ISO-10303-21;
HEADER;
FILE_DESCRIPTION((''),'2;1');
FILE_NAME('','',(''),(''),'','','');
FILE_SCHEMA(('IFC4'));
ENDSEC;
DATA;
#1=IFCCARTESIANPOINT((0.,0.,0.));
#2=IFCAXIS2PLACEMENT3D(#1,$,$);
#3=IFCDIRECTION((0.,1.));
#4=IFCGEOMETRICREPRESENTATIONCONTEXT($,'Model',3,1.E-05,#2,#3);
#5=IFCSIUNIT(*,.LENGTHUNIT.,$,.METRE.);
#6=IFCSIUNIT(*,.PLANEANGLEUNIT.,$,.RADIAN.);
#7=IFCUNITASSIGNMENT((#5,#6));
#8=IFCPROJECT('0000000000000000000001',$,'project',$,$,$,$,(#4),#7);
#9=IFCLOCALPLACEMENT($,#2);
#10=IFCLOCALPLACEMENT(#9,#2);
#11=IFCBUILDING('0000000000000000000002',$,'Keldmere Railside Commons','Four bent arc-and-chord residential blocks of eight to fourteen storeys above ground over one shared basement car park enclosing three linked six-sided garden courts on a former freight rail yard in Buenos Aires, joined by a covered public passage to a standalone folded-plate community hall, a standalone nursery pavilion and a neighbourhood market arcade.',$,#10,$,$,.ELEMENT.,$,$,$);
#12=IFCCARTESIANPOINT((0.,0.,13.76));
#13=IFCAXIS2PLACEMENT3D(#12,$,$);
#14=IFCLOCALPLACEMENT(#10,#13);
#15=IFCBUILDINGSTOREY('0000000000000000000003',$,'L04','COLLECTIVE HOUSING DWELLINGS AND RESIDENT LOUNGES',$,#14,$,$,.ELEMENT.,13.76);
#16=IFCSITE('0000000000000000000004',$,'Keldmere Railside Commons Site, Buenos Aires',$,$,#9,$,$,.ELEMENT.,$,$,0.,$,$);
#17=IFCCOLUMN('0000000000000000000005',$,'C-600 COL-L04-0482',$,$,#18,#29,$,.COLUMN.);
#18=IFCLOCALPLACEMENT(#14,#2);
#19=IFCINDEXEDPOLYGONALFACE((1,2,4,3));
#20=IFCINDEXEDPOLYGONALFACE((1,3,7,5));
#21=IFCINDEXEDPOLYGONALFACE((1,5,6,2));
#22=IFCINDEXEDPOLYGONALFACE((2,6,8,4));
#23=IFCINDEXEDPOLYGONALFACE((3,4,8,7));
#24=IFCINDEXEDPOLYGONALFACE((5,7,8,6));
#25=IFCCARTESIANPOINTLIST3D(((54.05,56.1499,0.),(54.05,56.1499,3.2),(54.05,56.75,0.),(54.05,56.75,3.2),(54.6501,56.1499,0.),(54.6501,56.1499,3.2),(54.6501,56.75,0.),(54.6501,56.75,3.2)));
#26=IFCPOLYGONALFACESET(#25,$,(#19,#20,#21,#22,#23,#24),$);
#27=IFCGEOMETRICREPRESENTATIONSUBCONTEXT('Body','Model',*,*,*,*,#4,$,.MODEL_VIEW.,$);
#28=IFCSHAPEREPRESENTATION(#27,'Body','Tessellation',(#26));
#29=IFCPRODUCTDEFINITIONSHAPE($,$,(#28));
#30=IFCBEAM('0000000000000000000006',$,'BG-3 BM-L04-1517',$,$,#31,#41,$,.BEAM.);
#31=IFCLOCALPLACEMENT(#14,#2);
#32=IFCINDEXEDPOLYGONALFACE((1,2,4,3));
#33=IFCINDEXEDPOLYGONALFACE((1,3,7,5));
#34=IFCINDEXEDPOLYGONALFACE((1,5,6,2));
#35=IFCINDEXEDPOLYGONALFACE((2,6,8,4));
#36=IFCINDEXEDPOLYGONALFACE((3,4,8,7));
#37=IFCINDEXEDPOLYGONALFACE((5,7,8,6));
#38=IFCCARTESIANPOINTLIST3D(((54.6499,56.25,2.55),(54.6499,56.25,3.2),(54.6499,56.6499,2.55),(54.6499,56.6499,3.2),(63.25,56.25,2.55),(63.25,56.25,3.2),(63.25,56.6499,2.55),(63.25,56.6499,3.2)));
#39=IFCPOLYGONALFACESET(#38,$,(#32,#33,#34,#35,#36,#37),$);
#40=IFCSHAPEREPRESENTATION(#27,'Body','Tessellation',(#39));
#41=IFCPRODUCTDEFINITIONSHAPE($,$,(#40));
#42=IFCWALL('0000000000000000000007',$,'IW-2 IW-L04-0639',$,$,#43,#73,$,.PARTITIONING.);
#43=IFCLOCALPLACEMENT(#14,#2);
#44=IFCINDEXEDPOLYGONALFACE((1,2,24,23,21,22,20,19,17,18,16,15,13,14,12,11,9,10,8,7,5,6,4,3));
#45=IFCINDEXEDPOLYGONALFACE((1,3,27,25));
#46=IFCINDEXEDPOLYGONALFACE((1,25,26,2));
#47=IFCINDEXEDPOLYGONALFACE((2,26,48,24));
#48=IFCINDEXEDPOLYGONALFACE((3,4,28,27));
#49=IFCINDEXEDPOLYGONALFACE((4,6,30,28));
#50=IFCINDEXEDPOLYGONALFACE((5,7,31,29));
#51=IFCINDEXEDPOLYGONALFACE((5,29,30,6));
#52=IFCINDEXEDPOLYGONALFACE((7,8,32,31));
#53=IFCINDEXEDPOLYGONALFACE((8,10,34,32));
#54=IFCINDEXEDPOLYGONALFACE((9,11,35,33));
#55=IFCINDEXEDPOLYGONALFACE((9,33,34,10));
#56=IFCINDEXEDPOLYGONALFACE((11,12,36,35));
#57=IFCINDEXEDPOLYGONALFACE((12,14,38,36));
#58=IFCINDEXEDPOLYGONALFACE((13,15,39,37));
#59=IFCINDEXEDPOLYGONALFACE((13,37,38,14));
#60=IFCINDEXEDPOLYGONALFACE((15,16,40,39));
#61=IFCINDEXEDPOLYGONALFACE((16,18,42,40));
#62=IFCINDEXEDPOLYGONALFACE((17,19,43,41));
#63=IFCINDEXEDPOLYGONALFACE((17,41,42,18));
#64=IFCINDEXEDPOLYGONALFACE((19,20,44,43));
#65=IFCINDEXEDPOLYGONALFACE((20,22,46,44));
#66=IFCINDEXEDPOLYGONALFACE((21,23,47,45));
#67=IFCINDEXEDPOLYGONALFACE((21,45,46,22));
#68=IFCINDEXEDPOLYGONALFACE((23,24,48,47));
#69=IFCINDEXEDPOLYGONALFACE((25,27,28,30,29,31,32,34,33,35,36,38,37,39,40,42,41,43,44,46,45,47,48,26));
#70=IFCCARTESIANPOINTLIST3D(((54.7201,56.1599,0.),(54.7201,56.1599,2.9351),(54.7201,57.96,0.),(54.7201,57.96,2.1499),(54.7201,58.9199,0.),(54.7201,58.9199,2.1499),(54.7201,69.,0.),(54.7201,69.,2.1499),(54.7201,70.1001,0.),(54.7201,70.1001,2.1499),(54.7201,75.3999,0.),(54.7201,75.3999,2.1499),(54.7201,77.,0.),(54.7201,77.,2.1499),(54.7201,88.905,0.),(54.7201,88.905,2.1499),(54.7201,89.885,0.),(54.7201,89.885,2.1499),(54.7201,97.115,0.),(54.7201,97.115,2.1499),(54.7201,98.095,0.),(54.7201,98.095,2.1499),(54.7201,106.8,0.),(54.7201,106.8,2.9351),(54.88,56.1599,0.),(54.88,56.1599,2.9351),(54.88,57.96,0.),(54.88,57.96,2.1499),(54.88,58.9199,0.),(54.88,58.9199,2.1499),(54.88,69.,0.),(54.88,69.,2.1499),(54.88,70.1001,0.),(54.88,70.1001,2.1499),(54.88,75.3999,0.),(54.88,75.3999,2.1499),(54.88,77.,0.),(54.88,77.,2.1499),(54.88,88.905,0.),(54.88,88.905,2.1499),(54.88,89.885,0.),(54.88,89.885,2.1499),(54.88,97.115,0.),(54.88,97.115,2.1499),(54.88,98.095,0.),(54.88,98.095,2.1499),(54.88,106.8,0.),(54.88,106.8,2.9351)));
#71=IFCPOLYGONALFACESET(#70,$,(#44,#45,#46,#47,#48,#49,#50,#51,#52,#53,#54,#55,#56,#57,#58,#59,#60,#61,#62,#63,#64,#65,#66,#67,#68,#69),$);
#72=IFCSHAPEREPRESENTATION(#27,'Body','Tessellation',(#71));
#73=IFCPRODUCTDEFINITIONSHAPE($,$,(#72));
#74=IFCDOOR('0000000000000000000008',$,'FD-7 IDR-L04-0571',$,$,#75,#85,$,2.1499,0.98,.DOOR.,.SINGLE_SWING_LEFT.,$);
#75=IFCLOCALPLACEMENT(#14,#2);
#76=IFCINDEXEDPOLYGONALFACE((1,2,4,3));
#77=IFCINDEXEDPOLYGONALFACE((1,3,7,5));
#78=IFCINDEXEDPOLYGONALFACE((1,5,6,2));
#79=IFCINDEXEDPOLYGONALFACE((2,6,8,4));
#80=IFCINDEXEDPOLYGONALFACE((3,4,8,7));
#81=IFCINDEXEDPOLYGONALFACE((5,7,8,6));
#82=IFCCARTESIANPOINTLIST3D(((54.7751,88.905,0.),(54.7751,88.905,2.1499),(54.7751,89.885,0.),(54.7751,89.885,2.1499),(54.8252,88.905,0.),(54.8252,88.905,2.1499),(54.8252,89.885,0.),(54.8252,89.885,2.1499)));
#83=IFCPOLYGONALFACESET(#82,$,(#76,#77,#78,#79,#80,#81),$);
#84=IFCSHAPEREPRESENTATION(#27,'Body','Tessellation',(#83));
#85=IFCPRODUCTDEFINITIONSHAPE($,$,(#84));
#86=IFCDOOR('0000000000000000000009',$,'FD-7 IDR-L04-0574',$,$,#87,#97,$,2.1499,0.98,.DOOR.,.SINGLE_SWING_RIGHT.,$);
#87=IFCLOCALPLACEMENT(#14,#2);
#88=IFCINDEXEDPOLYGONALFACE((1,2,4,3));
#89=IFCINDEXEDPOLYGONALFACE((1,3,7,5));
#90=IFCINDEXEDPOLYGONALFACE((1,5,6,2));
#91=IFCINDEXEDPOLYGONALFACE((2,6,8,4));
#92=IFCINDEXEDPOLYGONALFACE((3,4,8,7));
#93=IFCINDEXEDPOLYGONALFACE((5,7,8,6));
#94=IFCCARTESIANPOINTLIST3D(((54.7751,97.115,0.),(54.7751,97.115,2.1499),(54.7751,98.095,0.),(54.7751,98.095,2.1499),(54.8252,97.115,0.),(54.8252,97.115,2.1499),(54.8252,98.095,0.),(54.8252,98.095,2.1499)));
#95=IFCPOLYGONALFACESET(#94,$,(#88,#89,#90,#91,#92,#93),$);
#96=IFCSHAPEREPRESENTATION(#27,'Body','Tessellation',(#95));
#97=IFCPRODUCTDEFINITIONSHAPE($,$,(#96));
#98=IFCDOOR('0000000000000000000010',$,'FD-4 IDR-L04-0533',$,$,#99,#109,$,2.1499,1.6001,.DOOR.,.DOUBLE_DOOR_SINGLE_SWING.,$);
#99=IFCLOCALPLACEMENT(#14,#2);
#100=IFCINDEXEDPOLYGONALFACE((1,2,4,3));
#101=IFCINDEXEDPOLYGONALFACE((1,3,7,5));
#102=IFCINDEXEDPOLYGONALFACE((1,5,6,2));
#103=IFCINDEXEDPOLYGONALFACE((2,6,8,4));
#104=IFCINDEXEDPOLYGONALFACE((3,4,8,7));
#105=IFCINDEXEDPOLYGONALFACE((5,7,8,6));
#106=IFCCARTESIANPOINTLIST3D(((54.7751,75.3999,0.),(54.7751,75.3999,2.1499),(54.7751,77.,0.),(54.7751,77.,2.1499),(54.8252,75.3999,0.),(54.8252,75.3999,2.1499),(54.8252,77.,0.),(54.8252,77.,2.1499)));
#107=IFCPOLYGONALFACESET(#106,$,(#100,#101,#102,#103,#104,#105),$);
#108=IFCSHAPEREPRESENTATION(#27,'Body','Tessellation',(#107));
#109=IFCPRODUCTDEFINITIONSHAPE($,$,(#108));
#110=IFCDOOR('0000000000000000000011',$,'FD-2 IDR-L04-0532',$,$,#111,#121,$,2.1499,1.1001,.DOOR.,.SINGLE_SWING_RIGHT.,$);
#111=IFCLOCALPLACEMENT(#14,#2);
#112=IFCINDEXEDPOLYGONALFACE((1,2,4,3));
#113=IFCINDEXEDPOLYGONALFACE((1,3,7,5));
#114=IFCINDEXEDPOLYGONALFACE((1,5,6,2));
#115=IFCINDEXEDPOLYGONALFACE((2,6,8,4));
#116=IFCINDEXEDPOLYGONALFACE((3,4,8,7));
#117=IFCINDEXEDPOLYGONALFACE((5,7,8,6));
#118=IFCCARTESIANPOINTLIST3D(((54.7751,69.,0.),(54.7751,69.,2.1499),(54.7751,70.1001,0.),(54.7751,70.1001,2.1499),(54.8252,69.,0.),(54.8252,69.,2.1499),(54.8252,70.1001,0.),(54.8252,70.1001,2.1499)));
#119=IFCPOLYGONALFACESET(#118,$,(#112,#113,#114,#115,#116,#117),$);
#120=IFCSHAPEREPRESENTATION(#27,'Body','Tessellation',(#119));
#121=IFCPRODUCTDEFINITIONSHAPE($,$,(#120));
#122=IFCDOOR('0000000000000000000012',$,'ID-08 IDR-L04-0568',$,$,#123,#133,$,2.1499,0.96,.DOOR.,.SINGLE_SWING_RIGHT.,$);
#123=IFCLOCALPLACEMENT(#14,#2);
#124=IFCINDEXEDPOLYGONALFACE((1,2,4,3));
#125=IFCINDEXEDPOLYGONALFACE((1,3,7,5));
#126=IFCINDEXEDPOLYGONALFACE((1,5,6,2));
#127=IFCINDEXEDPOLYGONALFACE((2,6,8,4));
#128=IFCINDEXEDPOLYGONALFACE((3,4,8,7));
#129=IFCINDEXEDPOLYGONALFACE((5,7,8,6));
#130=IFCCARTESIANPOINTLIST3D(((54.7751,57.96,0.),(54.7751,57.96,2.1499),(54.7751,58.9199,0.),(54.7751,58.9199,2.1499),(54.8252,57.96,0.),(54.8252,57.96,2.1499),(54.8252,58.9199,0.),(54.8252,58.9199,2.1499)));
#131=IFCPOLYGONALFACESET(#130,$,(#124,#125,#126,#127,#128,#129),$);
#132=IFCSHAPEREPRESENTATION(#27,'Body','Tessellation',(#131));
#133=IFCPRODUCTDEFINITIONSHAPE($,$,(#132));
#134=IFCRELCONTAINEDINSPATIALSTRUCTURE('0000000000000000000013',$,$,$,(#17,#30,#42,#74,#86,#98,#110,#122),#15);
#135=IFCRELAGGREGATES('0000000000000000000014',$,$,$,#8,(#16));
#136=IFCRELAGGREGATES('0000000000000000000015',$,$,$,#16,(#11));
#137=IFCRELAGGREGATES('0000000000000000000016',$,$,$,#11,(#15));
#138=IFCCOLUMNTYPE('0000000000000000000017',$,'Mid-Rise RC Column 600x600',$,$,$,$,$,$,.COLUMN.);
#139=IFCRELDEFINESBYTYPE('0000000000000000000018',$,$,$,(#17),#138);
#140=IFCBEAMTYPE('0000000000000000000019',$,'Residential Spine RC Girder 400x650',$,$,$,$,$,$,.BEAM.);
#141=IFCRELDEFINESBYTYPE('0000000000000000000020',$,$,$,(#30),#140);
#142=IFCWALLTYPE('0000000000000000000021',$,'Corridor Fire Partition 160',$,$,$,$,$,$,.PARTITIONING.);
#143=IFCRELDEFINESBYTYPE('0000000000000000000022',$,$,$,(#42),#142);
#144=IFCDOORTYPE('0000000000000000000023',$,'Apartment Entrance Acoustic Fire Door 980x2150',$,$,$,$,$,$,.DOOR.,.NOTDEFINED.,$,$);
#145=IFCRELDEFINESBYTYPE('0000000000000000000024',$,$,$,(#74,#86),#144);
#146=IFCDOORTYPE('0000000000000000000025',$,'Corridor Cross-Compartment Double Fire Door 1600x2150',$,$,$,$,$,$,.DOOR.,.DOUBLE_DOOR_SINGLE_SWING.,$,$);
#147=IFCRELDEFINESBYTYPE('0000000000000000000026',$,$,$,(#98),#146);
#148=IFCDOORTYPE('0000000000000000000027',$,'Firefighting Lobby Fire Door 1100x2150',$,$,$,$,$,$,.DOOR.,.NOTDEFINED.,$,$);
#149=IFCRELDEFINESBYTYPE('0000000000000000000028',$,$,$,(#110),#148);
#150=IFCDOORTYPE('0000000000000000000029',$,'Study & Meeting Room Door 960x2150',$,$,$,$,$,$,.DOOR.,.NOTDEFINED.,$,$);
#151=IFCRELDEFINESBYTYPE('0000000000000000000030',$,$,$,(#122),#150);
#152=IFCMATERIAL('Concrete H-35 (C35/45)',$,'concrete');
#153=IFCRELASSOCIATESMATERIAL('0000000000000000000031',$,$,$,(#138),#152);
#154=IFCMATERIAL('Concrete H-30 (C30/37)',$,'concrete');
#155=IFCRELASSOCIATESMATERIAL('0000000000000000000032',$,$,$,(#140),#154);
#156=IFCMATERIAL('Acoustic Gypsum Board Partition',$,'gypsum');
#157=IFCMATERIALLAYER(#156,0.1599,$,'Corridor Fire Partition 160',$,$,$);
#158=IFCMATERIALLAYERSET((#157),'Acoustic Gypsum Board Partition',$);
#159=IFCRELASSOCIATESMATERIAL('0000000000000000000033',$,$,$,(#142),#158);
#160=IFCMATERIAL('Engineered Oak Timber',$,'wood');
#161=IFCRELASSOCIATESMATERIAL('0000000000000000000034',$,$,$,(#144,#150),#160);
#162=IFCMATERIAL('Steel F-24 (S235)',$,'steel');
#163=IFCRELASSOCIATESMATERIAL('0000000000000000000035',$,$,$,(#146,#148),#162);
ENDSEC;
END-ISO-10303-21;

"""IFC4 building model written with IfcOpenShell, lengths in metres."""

from ifc_helpers import new_model, si_unit, direction, frame, frame_2d, origin, origin_2d, place, context, subcontext, project, spatial, rectangle, extrude, material, layer, layer_set, material_profile, profile_set, type_object, element, fill, save


model = new_model("IFC4")

# Units and contexts
model_context = context("Model", 3, precision=1e-05, world=origin(), true_north=direction((0.0, 1.0)))
body_context = subcontext(model_context, "Body", "Model", "MODEL_VIEW")
ifc_project = project(units=[si_unit("LENGTHUNIT", "METRE"), si_unit("PLANEANGLEUNIT", "RADIAN")], contexts=[model_context])

# Site, building, storey
site_placement = place(None, origin())
site = spatial("IfcSite", under=ifc_project, at=site_placement, Name="Keldmere Railside Commons Site, Buenos Aires", CompositionType="ELEMENT", RefElevation=0.0)
building_placement = place(site_placement, origin())
building = spatial("IfcBuilding", under=site, at=building_placement, Name="Keldmere Railside Commons", Description="Four bent arc-and-chord residential blocks of eight to fourteen storeys above ground over one shared basement car park enclosing three linked six-sided garden courts on a former freight rail yard in Buenos Aires, joined by a covered public passage to a standalone folded-plate community hall, a standalone nursery pavilion and a neighbourhood market arcade.", CompositionType="ELEMENT")
storey_placement = place(building_placement, frame((0.0, 0.0, 13.76)))
storey = spatial("IfcBuildingStorey", under=building, at=storey_placement, Name="L04", Description="COLLECTIVE HOUSING DWELLINGS AND RESIDENT LOUNGES", CompositionType="ELEMENT", Elevation=13.76)

# Column
ifc_material_1 = material(Name="Concrete H-35 (C35/45)", Category="concrete")
ifc_material_profile_1 = material_profile(ifc_material_1, rectangle(XDim=0.6001, YDim=0.6001, at=origin_2d()), Name="RC-600x600")
ifc_profile_set_1 = profile_set([ifc_material_profile_1], Name="Concrete H-35 (C35/45)")
column_type = type_object("IfcColumnType", Name="Mid-Rise RC Column 600x600", PredefinedType="COLUMN", material=ifc_profile_set_1)
column_placement = place(storey_placement, frame((54.3501, 56.45, 0.0), z_axis=(0.0, 0.0, 1.0), x_axis=(1.0, 0.0, 0.0)))
element("IfcColumn", 1, at=column_placement, inside=storey, type_object=column_type, Name="C-600 COL-L04-0482", PredefinedType="COLUMN", context=body_context, shape_type="SweptSolid", body=[
    extrude(rectangle(XDim=0.6001, YDim=0.6001, at=origin_2d()), origin(), (0.0, 0.0, 1.0), 3.2),
])

# Beam
ifc_material_2 = material(Name="Concrete H-30 (C30/37)", Category="concrete")
ifc_material_profile_2 = material_profile(ifc_material_2, rectangle(XDim=0.3999, YDim=0.6499, at=origin_2d()), Name="RC-400x650")
ifc_profile_set_2 = profile_set([ifc_material_profile_2], Name="Concrete H-30 (C30/37)")
beam_type = type_object("IfcBeamType", Name="Residential Spine RC Girder 400x650", PredefinedType="BEAM", material=ifc_profile_set_2)
beam_placement = place(storey_placement, frame((54.6499, 56.45, 2.875), z_axis=(1.0, 0.0, 0.0), x_axis=(0.0, 1.0, 0.0)))
element("IfcBeam", 2, at=beam_placement, inside=storey, type_object=beam_type, Name="BG-3 BM-L04-1517", PredefinedType="BEAM", context=body_context, shape_type="SweptSolid", body=[
    extrude(rectangle(XDim=0.3999, YDim=0.6499, at=origin_2d()), origin(), (0.0, 0.0, 1.0), 8.6001),
])

# Wall, openings, doors
ifc_material_3 = material(Name="Acoustic Gypsum Board Partition", Category="gypsum")
ifc_layer = layer(ifc_material_3, 0.1599, Name="Corridor Fire Partition 160")
ifc_layer_set = layer_set([ifc_layer], Name="Acoustic Gypsum Board Partition")
wall_type = type_object("IfcWallType", Name="Corridor Fire Partition 160", PredefinedType="PARTITIONING", material=ifc_layer_set)
wall_1_placement = place(storey_placement, frame((54.8, 56.1599, 0.0), z_axis=(0.0, 0.0, 1.0), x_axis=(0.0, 1.0, 0.0)))
wall_1 = element("IfcWall", 3, at=wall_1_placement, inside=storey, type_object=wall_type, Name="IW-2 IW-L04-0639", PredefinedType="PARTITIONING", context=body_context, shape_type="SweptSolid", body=[
    extrude(rectangle(XDim=50.6401, YDim=0.1599, at=frame_2d((25.3201, 0.0))), origin(), (0.0, 0.0, 1.0), 2.9351),
])
opening_1_placement = place(wall_1_placement, frame((12.8401, 0.0, 0.0)))
opening_1 = element("IfcOpeningElement", 4, at=opening_1_placement, cuts=wall_1, PredefinedType="OPENING", context=body_context, shape_type="SweptSolid", body=[
    extrude(rectangle(XDim=1.1001, YDim=2.1499, at=frame_2d((0.55, 1.075))), frame((0.0, 0.0898, 0.0), z_axis=(0.0, -1.0, 0.0), x_axis=(1.0, 0.0, 0.0)), (0.0, 0.0, 1.0), 0.1799),
])
opening_2_placement = place(wall_1_placement, frame((19.24, 0.0, 0.0)))
opening_2 = element("IfcOpeningElement", 5, at=opening_2_placement, cuts=wall_1, PredefinedType="OPENING", context=body_context, shape_type="SweptSolid", body=[
    extrude(rectangle(XDim=1.6001, YDim=2.1499, at=frame_2d((0.8, 1.075))), frame((0.0, 0.0898, 0.0), z_axis=(0.0, -1.0, 0.0), x_axis=(1.0, 0.0, 0.0)), (0.0, 0.0, 1.0), 0.1799),
])
opening_3_placement = place(wall_1_placement, frame((1.8, 0.0, 0.0)))
opening_3 = element("IfcOpeningElement", 6, at=opening_3_placement, cuts=wall_1, PredefinedType="OPENING", context=body_context, shape_type="SweptSolid", body=[
    extrude(rectangle(XDim=0.96, YDim=2.1499, at=frame_2d((0.48, 1.075))), frame((0.0, 0.0898, 0.0), z_axis=(0.0, -1.0, 0.0), x_axis=(1.0, 0.0, 0.0)), (0.0, 0.0, 1.0), 0.1799),
])
opening_4_placement = place(wall_1_placement, frame((32.7451, 0.0, 0.0)))
opening_4 = element("IfcOpeningElement", 7, at=opening_4_placement, cuts=wall_1, PredefinedType="OPENING", context=body_context, shape_type="SweptSolid", body=[
    extrude(rectangle(XDim=0.98, YDim=2.1499, at=frame_2d((0.49, 1.075))), frame((0.0, 0.0898, 0.0), z_axis=(0.0, -1.0, 0.0), x_axis=(1.0, 0.0, 0.0)), (0.0, 0.0, 1.0), 0.1799),
])
opening_5_placement = place(wall_1_placement, frame((40.9551, 0.0, 0.0)))
opening_5 = element("IfcOpeningElement", 8, at=opening_5_placement, cuts=wall_1, PredefinedType="OPENING", context=body_context, shape_type="SweptSolid", body=[
    extrude(rectangle(XDim=0.98, YDim=2.1499, at=frame_2d((0.49, 1.075))), frame((0.0, 0.0898, 0.0), z_axis=(0.0, -1.0, 0.0), x_axis=(1.0, 0.0, 0.0)), (0.0, 0.0, 1.0), 0.1799),
])
ifc_material_4 = material(Name="Engineered Oak Timber", Category="wood")
door_type_1 = type_object("IfcDoorType", Name="Apartment Entrance Acoustic Fire Door 980x2150", OperationType="NOTDEFINED", PredefinedType="DOOR", material=ifc_material_4)
door_1_placement = place(opening_4_placement, origin())
door_1 = element("IfcDoor", 9, at=door_1_placement, inside=storey, type_object=door_type_1, Name="FD-7 IDR-L04-0571", OperationType="SINGLE_SWING_LEFT", OverallHeight=2.1499, OverallWidth=0.98, PredefinedType="DOOR", context=body_context, shape_type="SweptSolid", body=[
    extrude(rectangle(XDim=0.98, YDim=2.1499, at=frame_2d((0.49, 1.075))), frame((0.0, 0.0249, 0.0), z_axis=(0.0, -1.0, 0.0), x_axis=(1.0, 0.0, 0.0)), (0.0, 0.0, 1.0), 0.05),
])
fill(opening_4, door_1)
door_2_placement = place(opening_5_placement, origin())
door_2 = element("IfcDoor", 10, at=door_2_placement, inside=storey, type_object=door_type_1, Name="FD-7 IDR-L04-0574", OperationType="SINGLE_SWING_RIGHT", OverallHeight=2.1499, OverallWidth=0.98, PredefinedType="DOOR", context=body_context, shape_type="SweptSolid", body=[
    extrude(rectangle(XDim=0.98, YDim=2.1499, at=frame_2d((0.49, 1.075))), frame((0.0, 0.0249, 0.0), z_axis=(0.0, -1.0, 0.0), x_axis=(1.0, 0.0, 0.0)), (0.0, 0.0, 1.0), 0.05),
])
fill(opening_5, door_2)
ifc_material_5 = material(Name="Steel F-24 (S235)", Category="steel")
door_type_2 = type_object("IfcDoorType", Name="Corridor Cross-Compartment Double Fire Door 1600x2150", OperationType="DOUBLE_DOOR_SINGLE_SWING", PredefinedType="DOOR", material=ifc_material_5)
door_3_placement = place(opening_2_placement, origin())
door_3 = element("IfcDoor", 11, at=door_3_placement, inside=storey, type_object=door_type_2, Name="FD-4 IDR-L04-0533", OperationType="DOUBLE_DOOR_SINGLE_SWING", OverallHeight=2.1499, OverallWidth=1.6001, PredefinedType="DOOR", context=body_context, shape_type="SweptSolid", body=[
    extrude(rectangle(XDim=1.6001, YDim=2.1499, at=frame_2d((0.8, 1.075))), frame((0.0, 0.0249, 0.0), z_axis=(0.0, -1.0, 0.0), x_axis=(1.0, 0.0, 0.0)), (0.0, 0.0, 1.0), 0.05),
])
fill(opening_2, door_3)
door_type_3 = type_object("IfcDoorType", Name="Firefighting Lobby Fire Door 1100x2150", OperationType="NOTDEFINED", PredefinedType="DOOR", material=ifc_material_5)
door_4_placement = place(opening_1_placement, origin())
door_4 = element("IfcDoor", 12, at=door_4_placement, inside=storey, type_object=door_type_3, Name="FD-2 IDR-L04-0532", OperationType="SINGLE_SWING_RIGHT", OverallHeight=2.1499, OverallWidth=1.1001, PredefinedType="DOOR", context=body_context, shape_type="SweptSolid", body=[
    extrude(rectangle(XDim=1.1001, YDim=2.1499, at=frame_2d((0.55, 1.075))), frame((0.0, 0.0249, 0.0), z_axis=(0.0, -1.0, 0.0), x_axis=(1.0, 0.0, 0.0)), (0.0, 0.0, 1.0), 0.05),
])
fill(opening_1, door_4)
door_type_4 = type_object("IfcDoorType", Name="Study & Meeting Room Door 960x2150", OperationType="NOTDEFINED", PredefinedType="DOOR", material=ifc_material_4)
door_5_placement = place(opening_3_placement, origin())
door_5 = element("IfcDoor", 13, at=door_5_placement, inside=storey, type_object=door_type_4, Name="ID-08 IDR-L04-0568", OperationType="SINGLE_SWING_RIGHT", OverallHeight=2.1499, OverallWidth=0.96, PredefinedType="DOOR", context=body_context, shape_type="SweptSolid", body=[
    extrude(rectangle(XDim=0.96, YDim=2.1499, at=frame_2d((0.48, 1.075))), frame((0.0, 0.0249, 0.0), z_axis=(0.0, -1.0, 0.0), x_axis=(1.0, 0.0, 0.0)), (0.0, 0.0, 1.0), 0.05),
])
fill(opening_3, door_5)

save(model, "model.ifc")
